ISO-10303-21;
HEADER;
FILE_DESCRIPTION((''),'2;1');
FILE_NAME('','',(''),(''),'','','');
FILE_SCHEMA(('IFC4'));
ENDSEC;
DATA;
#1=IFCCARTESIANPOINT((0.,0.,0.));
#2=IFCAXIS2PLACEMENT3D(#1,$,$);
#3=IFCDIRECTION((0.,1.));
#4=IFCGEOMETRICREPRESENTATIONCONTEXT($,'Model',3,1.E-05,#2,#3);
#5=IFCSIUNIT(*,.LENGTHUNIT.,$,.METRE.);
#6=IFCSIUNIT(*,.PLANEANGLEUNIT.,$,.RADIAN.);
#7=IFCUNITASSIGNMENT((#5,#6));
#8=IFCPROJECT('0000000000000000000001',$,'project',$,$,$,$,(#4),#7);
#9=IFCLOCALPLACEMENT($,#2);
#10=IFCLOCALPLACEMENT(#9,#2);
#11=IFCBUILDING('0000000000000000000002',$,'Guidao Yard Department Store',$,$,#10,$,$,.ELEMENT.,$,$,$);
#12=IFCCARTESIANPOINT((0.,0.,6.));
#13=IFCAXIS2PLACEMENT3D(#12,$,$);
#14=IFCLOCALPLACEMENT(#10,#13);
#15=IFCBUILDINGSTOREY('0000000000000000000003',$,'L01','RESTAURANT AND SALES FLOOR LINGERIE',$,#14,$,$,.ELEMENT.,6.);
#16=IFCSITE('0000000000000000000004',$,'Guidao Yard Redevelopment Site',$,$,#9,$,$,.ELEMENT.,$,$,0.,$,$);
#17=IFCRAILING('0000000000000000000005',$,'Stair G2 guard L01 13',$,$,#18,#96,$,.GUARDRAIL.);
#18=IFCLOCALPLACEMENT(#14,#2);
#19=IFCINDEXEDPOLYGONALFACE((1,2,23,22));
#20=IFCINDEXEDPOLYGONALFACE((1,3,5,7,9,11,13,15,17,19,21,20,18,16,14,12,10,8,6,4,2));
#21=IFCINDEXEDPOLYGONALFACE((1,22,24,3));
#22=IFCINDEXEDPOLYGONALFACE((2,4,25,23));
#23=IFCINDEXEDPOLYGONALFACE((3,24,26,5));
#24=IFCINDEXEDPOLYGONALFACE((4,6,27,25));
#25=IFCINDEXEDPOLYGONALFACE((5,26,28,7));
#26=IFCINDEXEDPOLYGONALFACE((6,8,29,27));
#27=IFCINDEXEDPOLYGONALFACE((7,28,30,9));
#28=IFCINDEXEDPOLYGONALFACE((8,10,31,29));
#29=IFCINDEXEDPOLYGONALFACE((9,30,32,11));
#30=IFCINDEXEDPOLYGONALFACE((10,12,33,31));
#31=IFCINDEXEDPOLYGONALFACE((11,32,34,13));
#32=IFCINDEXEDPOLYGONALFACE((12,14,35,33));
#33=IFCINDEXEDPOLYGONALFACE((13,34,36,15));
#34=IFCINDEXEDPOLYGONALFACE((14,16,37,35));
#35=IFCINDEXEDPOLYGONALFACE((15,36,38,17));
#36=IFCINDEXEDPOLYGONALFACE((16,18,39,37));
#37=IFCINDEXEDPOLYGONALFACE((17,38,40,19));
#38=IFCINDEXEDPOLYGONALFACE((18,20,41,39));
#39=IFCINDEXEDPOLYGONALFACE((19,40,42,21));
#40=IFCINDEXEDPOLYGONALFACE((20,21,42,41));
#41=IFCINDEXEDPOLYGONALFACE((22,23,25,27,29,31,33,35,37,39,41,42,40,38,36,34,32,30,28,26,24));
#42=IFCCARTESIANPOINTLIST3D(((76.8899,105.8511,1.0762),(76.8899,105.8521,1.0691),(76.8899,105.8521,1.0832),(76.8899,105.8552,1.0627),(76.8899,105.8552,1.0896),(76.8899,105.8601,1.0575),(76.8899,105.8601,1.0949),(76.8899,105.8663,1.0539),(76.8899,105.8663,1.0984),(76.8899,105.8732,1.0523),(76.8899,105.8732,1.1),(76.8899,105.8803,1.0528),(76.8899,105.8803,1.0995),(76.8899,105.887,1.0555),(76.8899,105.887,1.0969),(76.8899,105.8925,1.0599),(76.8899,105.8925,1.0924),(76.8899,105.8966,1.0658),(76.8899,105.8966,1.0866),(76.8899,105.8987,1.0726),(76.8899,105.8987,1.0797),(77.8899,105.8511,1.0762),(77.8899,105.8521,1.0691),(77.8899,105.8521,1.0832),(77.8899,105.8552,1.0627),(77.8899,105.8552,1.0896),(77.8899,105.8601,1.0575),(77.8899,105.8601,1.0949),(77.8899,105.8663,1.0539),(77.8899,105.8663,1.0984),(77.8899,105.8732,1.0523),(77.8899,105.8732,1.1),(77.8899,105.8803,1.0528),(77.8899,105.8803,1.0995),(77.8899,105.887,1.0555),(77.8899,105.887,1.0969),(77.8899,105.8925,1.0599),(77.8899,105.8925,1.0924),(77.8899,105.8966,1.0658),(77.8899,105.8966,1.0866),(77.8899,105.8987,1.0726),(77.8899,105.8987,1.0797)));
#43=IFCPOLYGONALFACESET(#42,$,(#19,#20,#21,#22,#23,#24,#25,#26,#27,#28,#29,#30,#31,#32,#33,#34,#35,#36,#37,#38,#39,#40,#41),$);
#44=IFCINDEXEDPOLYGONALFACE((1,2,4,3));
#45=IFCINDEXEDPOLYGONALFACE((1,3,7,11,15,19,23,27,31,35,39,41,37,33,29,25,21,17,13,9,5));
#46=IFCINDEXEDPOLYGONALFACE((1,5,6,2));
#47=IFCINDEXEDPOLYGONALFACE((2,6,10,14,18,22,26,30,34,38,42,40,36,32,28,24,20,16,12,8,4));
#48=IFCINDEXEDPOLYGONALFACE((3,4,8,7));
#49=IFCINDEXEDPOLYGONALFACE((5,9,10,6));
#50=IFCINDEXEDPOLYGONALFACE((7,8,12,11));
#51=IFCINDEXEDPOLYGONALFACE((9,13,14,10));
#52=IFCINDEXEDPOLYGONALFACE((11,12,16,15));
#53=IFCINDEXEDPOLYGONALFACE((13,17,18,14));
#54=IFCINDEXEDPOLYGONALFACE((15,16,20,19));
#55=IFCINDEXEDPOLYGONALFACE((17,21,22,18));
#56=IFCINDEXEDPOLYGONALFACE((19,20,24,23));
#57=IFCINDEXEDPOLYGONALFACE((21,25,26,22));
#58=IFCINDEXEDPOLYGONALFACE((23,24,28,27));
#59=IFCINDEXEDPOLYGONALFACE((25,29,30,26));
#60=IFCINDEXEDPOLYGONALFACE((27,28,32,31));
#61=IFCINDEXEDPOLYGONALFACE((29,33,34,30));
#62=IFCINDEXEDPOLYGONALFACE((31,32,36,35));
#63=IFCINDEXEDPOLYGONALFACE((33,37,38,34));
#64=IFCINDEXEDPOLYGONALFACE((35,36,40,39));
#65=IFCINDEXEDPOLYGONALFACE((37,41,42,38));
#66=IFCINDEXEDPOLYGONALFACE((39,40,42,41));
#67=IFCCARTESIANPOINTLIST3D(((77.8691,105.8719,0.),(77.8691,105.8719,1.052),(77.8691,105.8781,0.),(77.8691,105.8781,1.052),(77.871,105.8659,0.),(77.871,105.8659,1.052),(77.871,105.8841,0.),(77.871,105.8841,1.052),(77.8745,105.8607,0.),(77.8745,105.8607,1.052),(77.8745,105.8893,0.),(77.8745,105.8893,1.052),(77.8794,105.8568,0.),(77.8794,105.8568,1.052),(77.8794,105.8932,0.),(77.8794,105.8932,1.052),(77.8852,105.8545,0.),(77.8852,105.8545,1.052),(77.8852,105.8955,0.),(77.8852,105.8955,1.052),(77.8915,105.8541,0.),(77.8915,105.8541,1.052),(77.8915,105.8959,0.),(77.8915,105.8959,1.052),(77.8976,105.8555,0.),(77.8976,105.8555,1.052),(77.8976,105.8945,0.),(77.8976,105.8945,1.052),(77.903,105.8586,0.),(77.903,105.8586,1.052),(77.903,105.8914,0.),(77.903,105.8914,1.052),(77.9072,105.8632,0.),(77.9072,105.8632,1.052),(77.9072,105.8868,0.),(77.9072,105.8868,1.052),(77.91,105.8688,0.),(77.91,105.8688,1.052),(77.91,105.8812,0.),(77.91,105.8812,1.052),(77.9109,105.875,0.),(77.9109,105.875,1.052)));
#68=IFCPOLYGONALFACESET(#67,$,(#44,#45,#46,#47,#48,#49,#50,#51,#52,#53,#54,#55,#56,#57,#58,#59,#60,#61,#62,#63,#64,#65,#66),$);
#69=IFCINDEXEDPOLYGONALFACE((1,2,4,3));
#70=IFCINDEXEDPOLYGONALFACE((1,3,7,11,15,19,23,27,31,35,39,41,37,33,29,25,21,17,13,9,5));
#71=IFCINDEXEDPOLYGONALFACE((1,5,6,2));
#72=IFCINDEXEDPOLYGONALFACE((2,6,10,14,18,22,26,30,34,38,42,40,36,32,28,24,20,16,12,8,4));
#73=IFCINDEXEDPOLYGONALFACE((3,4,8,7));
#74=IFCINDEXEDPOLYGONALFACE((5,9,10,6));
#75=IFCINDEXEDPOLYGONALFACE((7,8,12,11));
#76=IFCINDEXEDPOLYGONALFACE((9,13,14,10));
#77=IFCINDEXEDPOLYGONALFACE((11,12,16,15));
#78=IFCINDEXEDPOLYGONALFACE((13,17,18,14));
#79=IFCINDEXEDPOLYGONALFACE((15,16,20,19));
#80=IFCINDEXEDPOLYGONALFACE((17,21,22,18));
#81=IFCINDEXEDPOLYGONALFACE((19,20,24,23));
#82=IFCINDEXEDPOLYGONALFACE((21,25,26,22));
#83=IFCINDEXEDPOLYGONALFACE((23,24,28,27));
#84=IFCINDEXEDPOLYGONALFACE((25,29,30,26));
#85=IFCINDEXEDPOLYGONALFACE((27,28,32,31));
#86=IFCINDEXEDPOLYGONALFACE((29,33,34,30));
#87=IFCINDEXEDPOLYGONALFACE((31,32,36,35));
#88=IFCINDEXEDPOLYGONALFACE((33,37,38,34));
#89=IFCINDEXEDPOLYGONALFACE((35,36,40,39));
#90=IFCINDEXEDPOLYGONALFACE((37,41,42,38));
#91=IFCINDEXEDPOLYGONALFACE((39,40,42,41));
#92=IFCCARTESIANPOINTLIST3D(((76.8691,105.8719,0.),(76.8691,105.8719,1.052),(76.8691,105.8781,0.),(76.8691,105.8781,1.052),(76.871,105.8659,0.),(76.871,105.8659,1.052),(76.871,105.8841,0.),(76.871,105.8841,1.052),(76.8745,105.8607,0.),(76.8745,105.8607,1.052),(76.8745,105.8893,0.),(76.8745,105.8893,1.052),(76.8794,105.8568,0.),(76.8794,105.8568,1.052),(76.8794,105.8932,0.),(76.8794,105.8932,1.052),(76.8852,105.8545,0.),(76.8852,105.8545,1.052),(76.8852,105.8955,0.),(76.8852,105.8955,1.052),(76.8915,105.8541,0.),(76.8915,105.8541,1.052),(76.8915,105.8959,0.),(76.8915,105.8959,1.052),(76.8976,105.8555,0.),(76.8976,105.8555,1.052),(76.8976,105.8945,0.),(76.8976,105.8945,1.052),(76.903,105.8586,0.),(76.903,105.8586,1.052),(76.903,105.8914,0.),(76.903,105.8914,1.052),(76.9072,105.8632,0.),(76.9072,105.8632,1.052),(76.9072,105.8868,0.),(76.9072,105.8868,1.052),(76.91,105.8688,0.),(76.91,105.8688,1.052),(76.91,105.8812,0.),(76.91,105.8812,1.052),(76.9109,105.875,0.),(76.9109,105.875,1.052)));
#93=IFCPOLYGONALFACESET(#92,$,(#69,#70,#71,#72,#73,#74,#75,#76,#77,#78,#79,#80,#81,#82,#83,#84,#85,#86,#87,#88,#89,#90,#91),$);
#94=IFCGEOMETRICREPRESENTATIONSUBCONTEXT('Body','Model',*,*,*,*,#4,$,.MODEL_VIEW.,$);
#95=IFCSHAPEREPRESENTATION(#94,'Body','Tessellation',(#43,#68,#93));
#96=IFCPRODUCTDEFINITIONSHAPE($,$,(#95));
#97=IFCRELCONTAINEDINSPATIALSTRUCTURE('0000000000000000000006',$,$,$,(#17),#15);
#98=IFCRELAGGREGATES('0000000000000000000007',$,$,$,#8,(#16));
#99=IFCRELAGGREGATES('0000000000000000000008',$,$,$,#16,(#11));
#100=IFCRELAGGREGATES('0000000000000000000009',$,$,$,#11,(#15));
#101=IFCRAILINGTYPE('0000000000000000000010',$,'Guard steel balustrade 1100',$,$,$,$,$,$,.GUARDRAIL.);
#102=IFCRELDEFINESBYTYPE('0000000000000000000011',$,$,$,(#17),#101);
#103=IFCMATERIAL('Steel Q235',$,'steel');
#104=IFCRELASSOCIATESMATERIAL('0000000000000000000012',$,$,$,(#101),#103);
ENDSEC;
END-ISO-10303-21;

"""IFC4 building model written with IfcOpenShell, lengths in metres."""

from ifc_helpers import new_model, si_unit, direction, frame, origin, origin_2d, place, context, subcontext, project, spatial, circle, extrude, material, type_object, element, save


model = new_model("IFC4")

# Units and contexts
model_context = context("Model", 3, precision=1e-05, world=origin(), true_north=direction((0.0, 1.0)))
body_context = subcontext(model_context, "Body", "Model", "MODEL_VIEW")
ifc_project = project(units=[si_unit("LENGTHUNIT", "METRE"), si_unit("PLANEANGLEUNIT", "RADIAN")], contexts=[model_context])

# Site, building, storey
site_placement = place(None, origin())
site = spatial("IfcSite", under=ifc_project, at=site_placement, Name="Guidao Yard Redevelopment Site", CompositionType="ELEMENT", RefElevation=0.0)
building_placement = place(site_placement, origin())
building = spatial("IfcBuilding", under=site, at=building_placement, Name="Guidao Yard Department Store", CompositionType="ELEMENT")
storey_placement = place(building_placement, frame((0.0, 0.0, 6.0)))
storey = spatial("IfcBuildingStorey", under=building, at=storey_placement, Name="L01", Description="RESTAURANT AND SALES FLOOR LINGERIE", CompositionType="ELEMENT", Elevation=6.0)

# Railing
ifc_material_1 = material(Name="Steel Q235", Category="steel")
railing_type_1 = type_object("IfcRailingType", Name="Guard steel balustrade 1100", PredefinedType="GUARDRAIL", material=ifc_material_1)
railing_1_placement = place(storey_placement, frame((77.8899, 105.875, 0.0)))
element("IfcRailing", 1, at=railing_1_placement, inside=storey, type_object=railing_type_1, Name="Stair G2 guard L01 13", PredefinedType="GUARDRAIL", context=body_context, shape_type="SweptSolid", body=[
    extrude(circle(Radius=0.0239, at=origin_2d()), frame((0.0, 0.0, 1.0762), z_axis=(-1.0, 0.0, 0.0), x_axis=(0.0, -1.0, 0.0)), (0.0, 0.0, 1.0), 1.0),
    extrude(circle(Radius=0.021, at=origin_2d()), origin(), (0.0, 0.0, 1.0), 1.052),
    extrude(circle(Radius=0.021, at=origin_2d()), frame((-1.0, 0.0, 0.0)), (0.0, 0.0, 1.0), 1.052),
])

save(model, "model.ifc")
